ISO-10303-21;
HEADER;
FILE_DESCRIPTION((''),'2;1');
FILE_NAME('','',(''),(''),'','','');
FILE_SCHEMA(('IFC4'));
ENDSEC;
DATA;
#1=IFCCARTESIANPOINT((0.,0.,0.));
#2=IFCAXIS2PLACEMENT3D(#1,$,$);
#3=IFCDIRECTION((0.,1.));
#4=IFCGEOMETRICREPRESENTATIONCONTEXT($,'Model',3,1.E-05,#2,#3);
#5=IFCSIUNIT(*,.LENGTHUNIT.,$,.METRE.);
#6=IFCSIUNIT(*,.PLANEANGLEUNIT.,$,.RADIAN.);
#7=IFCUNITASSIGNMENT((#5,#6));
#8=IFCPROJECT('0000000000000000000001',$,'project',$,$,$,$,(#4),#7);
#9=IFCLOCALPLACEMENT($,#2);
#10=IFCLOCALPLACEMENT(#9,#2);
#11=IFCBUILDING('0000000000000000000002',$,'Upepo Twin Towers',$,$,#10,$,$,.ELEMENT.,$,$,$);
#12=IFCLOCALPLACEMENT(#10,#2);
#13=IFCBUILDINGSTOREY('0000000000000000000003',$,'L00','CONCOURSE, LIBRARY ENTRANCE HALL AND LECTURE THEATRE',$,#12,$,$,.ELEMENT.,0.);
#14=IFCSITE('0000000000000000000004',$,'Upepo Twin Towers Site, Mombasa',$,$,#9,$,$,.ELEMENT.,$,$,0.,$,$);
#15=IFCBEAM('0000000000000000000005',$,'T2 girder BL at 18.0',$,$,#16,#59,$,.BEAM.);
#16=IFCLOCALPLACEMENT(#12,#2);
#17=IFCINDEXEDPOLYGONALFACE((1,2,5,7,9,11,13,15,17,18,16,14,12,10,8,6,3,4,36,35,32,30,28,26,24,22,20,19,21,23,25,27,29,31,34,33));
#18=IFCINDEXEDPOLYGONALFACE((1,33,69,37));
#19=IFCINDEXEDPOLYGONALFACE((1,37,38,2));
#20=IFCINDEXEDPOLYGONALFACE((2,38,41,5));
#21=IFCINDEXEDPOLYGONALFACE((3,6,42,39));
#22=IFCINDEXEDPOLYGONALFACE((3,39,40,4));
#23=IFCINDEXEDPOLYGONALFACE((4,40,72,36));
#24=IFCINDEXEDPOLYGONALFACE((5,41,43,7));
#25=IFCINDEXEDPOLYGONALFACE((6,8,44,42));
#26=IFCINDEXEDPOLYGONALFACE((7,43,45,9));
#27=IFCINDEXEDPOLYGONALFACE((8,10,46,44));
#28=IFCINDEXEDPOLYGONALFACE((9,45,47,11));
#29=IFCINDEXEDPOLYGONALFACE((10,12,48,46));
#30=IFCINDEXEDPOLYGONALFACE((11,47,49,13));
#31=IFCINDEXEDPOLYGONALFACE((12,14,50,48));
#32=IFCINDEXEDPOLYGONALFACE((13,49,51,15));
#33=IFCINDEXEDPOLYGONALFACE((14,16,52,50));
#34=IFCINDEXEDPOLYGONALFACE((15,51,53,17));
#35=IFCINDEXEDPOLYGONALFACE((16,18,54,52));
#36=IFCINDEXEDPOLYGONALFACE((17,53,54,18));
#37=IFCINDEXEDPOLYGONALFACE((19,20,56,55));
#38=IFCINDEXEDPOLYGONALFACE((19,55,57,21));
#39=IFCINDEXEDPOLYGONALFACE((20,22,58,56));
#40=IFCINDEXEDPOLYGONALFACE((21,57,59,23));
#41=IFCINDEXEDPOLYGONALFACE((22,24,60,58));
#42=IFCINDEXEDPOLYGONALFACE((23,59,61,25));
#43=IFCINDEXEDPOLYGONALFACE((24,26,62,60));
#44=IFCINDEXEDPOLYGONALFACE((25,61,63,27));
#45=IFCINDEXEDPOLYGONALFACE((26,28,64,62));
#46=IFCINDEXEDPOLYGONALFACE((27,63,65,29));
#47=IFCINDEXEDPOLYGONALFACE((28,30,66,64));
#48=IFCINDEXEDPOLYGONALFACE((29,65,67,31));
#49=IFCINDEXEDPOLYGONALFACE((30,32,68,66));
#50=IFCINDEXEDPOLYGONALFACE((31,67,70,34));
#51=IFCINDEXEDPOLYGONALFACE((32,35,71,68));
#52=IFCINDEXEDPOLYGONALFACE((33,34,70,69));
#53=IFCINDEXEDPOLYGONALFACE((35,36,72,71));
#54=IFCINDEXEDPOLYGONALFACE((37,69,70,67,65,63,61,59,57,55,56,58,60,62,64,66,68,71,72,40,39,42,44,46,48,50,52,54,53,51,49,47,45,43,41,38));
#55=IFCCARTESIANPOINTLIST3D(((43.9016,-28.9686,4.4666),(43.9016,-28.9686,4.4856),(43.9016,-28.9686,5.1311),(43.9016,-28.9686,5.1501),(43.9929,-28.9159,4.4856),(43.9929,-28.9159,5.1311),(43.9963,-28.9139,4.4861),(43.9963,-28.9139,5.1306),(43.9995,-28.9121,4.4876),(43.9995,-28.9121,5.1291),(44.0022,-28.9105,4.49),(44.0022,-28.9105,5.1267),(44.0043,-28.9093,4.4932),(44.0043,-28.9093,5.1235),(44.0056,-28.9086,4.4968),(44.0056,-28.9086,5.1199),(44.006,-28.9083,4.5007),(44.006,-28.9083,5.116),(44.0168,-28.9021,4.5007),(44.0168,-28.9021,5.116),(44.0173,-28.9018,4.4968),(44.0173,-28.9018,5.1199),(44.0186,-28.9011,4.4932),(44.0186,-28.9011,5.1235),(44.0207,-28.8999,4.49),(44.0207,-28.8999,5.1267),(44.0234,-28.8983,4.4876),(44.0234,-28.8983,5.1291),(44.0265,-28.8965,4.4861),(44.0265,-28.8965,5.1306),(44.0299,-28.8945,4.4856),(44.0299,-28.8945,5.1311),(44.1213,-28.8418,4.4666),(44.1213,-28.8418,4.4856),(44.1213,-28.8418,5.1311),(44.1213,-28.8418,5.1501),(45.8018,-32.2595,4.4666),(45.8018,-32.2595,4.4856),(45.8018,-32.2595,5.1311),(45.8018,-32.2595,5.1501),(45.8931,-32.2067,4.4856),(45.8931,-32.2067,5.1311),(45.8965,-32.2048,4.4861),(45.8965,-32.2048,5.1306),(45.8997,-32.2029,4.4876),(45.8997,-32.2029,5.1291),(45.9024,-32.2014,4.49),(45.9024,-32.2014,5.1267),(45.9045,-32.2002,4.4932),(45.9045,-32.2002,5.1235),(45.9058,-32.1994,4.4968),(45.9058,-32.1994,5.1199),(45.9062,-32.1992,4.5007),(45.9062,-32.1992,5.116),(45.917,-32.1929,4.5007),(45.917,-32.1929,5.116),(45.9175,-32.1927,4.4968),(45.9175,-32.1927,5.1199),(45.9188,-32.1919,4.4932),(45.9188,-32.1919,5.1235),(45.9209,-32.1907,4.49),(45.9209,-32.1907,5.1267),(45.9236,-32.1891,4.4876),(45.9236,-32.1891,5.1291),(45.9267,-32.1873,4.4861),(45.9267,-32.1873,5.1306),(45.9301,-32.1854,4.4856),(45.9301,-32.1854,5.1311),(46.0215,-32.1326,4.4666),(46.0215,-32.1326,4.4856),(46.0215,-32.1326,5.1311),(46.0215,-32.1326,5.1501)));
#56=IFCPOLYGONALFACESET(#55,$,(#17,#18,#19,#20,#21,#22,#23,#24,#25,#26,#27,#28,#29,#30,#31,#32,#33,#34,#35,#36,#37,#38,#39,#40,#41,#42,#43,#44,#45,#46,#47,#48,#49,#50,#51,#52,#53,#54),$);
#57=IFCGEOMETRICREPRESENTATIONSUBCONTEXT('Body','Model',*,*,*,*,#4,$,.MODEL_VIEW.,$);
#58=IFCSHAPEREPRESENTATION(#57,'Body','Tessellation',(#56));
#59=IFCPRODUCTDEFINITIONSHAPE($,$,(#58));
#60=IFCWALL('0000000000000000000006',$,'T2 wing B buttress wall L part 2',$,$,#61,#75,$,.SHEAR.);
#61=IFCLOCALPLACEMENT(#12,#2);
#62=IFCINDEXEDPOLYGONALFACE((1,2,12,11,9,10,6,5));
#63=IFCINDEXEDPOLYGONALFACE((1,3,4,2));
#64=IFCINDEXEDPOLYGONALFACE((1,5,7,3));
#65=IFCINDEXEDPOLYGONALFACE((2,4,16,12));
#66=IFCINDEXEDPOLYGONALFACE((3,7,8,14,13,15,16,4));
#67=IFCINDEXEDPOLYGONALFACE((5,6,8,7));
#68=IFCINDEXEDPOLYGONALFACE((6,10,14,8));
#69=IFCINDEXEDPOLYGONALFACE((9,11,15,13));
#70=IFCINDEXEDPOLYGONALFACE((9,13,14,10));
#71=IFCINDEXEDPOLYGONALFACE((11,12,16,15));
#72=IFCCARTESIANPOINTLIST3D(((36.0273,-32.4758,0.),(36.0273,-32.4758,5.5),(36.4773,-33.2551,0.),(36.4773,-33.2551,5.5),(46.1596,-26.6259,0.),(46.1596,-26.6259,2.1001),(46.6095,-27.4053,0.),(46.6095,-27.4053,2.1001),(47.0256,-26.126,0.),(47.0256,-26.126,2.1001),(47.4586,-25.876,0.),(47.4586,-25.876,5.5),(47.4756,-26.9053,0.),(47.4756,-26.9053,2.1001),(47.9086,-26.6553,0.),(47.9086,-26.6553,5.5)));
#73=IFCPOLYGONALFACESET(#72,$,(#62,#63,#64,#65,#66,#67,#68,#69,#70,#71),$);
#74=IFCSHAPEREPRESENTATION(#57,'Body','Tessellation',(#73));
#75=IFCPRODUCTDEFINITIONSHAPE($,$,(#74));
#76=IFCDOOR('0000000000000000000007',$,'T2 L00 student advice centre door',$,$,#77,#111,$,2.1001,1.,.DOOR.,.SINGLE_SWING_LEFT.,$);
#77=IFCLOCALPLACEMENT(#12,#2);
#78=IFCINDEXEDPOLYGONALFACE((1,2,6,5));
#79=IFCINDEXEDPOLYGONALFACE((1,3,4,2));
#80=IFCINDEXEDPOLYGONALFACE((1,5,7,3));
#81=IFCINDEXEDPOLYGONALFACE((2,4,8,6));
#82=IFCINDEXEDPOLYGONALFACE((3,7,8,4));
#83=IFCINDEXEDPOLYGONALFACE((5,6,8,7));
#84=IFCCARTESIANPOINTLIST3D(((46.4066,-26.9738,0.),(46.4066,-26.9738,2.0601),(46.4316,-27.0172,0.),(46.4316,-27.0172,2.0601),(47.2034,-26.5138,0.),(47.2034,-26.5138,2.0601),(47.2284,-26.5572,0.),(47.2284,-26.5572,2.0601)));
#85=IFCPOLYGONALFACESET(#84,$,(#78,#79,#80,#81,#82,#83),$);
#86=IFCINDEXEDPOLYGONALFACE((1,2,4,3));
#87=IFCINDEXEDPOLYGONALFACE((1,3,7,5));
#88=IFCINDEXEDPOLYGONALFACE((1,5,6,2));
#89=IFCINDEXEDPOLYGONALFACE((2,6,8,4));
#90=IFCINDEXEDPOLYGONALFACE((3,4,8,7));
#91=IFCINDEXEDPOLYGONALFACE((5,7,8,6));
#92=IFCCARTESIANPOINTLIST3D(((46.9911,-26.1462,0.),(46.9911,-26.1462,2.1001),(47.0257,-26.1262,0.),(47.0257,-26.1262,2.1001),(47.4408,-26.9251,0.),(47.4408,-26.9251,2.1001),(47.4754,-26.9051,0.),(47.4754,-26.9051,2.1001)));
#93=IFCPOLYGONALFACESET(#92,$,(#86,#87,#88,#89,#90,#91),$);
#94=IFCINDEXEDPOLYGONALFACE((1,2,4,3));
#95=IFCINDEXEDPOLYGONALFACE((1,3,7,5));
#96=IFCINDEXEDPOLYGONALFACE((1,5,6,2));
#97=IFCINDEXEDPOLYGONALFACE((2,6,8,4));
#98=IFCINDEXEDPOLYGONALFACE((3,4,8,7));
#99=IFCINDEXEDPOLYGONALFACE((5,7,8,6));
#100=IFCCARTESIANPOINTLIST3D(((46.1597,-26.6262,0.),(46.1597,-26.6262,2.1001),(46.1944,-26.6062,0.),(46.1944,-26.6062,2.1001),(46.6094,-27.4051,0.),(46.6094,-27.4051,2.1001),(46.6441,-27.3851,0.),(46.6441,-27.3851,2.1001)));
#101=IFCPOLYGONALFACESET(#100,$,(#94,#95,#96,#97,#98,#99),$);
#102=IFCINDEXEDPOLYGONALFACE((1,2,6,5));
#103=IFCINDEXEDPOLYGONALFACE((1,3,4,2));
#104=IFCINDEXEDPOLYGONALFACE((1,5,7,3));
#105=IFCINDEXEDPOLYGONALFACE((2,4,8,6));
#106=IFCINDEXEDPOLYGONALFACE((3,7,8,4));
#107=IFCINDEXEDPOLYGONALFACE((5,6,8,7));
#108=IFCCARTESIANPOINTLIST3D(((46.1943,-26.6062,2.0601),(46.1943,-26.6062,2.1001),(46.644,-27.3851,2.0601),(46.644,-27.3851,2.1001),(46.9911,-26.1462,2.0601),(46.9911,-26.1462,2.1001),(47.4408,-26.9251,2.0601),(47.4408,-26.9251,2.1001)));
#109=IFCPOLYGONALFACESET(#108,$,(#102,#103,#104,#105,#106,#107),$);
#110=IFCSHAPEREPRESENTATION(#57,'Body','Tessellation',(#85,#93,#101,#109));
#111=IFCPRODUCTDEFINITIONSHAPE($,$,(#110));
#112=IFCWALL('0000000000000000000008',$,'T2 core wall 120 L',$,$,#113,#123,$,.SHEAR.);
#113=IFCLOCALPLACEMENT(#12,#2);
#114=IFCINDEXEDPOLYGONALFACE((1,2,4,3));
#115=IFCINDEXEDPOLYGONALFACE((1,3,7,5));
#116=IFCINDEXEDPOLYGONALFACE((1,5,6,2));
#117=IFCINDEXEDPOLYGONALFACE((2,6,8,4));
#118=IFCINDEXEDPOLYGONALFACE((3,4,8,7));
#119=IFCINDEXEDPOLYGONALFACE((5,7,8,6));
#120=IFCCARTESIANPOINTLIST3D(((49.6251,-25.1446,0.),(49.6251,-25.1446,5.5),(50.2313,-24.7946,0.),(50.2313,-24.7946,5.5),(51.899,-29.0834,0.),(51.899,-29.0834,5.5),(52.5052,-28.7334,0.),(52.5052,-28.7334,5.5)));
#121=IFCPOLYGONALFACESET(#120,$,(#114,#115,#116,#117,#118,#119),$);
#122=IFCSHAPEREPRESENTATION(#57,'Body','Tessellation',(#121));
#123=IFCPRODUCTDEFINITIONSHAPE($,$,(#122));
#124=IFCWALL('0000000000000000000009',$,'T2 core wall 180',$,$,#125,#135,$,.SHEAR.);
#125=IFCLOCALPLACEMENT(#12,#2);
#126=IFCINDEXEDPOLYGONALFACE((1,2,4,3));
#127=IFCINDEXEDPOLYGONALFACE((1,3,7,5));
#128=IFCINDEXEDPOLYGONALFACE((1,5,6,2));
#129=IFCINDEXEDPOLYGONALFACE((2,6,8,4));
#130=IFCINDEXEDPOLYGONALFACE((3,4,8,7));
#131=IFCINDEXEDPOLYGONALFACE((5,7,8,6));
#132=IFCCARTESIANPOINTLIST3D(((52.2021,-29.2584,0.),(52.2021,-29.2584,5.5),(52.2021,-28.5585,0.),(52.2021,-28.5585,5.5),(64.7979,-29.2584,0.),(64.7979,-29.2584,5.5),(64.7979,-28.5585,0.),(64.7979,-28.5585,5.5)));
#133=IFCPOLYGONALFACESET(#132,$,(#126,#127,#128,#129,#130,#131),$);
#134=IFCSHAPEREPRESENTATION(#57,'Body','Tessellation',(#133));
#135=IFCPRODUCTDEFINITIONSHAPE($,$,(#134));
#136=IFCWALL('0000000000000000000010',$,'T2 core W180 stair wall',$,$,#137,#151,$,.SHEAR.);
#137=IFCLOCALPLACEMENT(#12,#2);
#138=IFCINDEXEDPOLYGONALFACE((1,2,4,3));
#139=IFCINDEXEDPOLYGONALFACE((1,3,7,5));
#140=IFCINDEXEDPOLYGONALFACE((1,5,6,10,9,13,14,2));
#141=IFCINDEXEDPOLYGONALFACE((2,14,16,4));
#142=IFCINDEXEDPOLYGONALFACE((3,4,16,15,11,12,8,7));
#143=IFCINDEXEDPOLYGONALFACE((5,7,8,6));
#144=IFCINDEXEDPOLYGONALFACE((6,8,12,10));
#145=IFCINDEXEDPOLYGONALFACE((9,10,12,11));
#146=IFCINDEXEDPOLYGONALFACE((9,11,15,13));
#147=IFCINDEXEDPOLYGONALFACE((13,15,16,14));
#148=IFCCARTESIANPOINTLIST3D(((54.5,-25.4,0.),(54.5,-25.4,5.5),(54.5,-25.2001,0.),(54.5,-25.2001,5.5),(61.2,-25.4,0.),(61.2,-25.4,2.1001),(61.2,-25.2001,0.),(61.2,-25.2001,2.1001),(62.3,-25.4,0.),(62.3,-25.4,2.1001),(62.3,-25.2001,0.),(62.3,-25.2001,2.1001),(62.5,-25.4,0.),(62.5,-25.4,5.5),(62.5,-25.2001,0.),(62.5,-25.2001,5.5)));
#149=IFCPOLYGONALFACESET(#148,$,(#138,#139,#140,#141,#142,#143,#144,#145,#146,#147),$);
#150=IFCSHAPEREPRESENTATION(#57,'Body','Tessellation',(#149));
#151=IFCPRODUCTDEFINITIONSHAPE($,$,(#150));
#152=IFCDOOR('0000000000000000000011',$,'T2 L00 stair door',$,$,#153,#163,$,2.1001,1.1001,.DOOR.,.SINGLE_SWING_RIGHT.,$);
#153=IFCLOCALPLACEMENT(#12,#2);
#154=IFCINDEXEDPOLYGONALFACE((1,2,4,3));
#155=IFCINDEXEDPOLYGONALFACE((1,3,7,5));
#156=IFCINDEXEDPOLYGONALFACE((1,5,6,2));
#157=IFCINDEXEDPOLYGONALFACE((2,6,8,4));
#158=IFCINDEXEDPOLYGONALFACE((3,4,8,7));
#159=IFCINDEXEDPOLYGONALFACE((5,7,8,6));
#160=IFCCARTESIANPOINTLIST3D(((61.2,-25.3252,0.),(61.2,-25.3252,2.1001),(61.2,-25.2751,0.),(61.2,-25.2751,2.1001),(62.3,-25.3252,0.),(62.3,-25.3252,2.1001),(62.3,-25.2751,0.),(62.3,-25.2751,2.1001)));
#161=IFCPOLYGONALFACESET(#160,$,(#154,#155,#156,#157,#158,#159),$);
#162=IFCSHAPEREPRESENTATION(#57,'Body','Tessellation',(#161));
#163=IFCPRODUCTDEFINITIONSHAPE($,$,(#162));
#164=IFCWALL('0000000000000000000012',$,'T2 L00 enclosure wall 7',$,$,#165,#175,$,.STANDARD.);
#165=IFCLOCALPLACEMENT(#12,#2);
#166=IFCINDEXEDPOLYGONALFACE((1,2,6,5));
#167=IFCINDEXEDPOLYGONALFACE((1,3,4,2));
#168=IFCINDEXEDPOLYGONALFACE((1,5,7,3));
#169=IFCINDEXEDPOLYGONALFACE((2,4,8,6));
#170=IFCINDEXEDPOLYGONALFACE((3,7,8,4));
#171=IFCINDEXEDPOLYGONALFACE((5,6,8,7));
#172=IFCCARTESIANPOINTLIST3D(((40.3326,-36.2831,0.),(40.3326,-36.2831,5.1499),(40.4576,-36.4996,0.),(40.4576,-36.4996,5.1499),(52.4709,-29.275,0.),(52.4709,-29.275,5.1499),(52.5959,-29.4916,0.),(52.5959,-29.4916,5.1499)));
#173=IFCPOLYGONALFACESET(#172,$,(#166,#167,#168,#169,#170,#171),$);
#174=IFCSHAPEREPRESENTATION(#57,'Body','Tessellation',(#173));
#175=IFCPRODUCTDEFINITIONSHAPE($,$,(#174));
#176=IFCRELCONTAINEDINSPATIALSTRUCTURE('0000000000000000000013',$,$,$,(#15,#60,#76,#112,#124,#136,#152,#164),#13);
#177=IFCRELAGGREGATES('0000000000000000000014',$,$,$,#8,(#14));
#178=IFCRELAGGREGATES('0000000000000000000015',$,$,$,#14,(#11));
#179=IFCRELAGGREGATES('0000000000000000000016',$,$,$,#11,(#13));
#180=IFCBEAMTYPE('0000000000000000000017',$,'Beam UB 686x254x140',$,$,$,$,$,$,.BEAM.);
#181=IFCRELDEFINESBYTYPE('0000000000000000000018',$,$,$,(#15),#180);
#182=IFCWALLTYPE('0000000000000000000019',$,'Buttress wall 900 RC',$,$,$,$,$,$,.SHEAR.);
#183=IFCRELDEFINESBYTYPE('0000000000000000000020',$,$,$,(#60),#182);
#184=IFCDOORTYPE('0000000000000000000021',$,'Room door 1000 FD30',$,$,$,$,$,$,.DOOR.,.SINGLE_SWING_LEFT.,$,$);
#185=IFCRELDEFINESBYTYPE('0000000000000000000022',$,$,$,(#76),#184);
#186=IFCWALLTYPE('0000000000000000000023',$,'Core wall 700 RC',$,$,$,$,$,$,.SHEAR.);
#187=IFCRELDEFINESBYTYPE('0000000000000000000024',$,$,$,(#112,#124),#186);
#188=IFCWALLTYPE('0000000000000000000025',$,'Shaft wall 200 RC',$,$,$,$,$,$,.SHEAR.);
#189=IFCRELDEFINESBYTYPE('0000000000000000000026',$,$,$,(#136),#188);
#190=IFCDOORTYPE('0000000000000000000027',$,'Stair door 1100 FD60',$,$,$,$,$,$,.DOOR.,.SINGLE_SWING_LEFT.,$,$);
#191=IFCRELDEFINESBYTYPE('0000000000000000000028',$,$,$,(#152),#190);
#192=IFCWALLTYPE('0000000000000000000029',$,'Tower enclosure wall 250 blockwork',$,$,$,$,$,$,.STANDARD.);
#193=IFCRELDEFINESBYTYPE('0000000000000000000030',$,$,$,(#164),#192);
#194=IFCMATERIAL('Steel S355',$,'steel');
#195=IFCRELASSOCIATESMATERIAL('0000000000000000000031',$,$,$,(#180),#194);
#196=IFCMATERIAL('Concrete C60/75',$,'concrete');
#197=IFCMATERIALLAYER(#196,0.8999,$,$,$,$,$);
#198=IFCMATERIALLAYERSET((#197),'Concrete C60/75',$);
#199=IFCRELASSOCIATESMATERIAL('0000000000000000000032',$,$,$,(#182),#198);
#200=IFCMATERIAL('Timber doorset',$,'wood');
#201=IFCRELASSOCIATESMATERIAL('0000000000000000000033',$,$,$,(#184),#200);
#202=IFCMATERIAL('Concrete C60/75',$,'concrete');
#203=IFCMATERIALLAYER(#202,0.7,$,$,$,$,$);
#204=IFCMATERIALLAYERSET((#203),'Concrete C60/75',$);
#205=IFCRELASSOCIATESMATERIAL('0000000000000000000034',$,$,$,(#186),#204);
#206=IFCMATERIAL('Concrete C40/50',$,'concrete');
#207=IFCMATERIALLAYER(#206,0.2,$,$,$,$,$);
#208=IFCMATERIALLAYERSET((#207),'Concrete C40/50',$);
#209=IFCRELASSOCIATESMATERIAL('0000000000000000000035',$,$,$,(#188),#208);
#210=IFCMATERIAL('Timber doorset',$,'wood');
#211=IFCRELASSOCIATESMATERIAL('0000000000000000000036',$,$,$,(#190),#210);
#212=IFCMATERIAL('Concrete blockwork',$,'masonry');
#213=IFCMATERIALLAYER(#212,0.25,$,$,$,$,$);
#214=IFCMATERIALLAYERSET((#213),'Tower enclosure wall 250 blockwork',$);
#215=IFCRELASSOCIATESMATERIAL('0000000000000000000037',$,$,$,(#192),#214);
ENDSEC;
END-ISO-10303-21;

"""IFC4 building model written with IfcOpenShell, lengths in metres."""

from ifc_helpers import new_model, si_unit, direction, frame, frame_2d, origin, origin_2d, place, context, subcontext, project, spatial, rectangle, i_section, extrude, material, layer, layer_set, material_profile, profile_set, type_object, element, fill, save


model = new_model("IFC4")

# Units and contexts
model_context = context("Model", 3, precision=1e-05, world=origin(), true_north=direction((0.0, 1.0)))
body_context = subcontext(model_context, "Body", "Model", "MODEL_VIEW")
ifc_project = project(units=[si_unit("LENGTHUNIT", "METRE"), si_unit("PLANEANGLEUNIT", "RADIAN")], contexts=[model_context])

# Site, building, storey
site_placement = place(None, origin())
site = spatial("IfcSite", under=ifc_project, at=site_placement, Name="Upepo Twin Towers Site, Mombasa", CompositionType="ELEMENT", RefElevation=0.0)
building_placement = place(site_placement, origin())
building = spatial("IfcBuilding", under=site, at=building_placement, Name="Upepo Twin Towers", CompositionType="ELEMENT")
storey_placement = place(building_placement, origin())
storey = spatial("IfcBuildingStorey", under=building, at=storey_placement, Name="L00", Description="CONCOURSE, LIBRARY ENTRANCE HALL AND LECTURE THEATRE", CompositionType="ELEMENT", Elevation=0.0)

# Beam
ifc_material_1 = material(Name="Steel S355", Category="steel")
ifc_material_profile_1 = material_profile(ifc_material_1, i_section(OverallWidth=0.2537, OverallDepth=0.6836, WebThickness=0.0125, FlangeThickness=0.019, FilletRadius=0.0151, at=origin_2d()), Name="UB 686x254x140")
ifc_profile_set_1 = profile_set([ifc_material_profile_1], Name="Steel S355")
beam_type_1 = type_object("IfcBeamType", Name="Beam UB 686x254x140", PredefinedType="BEAM", material=ifc_profile_set_1)
beam_1_placement = place(storey_placement, frame((45.9116, -32.196, 4.8083), z_axis=(-0.500043, 0.866, 0.0), x_axis=(-0.866, -0.500043, 0.0)))
element("IfcBeam", 1, at=beam_1_placement, inside=storey, type_object=beam_type_1, Name="T2 girder BL at 18.0", PredefinedType="BEAM", context=body_context, shape_type="SweptSolid", body=[
    extrude(i_section(OverallWidth=0.2537, OverallDepth=0.6836, WebThickness=0.0125, FlangeThickness=0.019, FilletRadius=0.0151, at=origin_2d()), origin(), (0.0, 0.0, 1.0), 3.8),
])

# Wall, opening, door
ifc_material_2 = material(Name="Concrete C60/75", Category="concrete")
ifc_layer_1 = layer(ifc_material_2, 0.8999)
ifc_layer_set_1 = layer_set([ifc_layer_1], Name="Concrete C60/75")
wall_type_1 = type_object("IfcWallType", Name="Buttress wall 900 RC", PredefinedType="SHEAR", material=ifc_layer_set_1)
wall_1_placement = place(storey_placement, frame((47.6836, -26.2656, 0.0), z_axis=(0.0, 0.0, 1.0), x_axis=(-0.866028, -0.499996, 0.0)))
wall_1 = element("IfcWall", 2, at=wall_1_placement, inside=storey, type_object=wall_type_1, Name="T2 wing B buttress wall L part 2", PredefinedType="SHEAR", context=body_context, shape_type="SweptSolid", body=[
    extrude(rectangle(XDim=13.1997, YDim=0.8999, at=frame_2d((6.5999, 0.0))), origin(), (0.0, 0.0, 1.0), 5.5),
])
opening_1_placement = place(wall_1_placement, frame((0.5, 0.0, 0.0)))
opening_1 = element("IfcOpeningElement", 3, at=opening_1_placement, cuts=wall_1, PredefinedType="OPENING", context=body_context, shape_type="SweptSolid", body=[
    extrude(rectangle(XDim=1.0, YDim=2.1001, at=frame_2d((0.5, 1.05))), frame((0.0, 0.46, 0.0), z_axis=(0.0, -1.0, 0.0), x_axis=(1.0, 0.0, 0.0)), (0.0, 0.0, 1.0), 0.9199),
])
ifc_material_3 = material(Name="Timber doorset", Category="wood")
door_type_1 = type_object("IfcDoorType", Name="Room door 1000 FD30", OperationType="SINGLE_SWING_LEFT", PredefinedType="DOOR", material=ifc_material_3)
door_1_placement = place(opening_1_placement, origin())
door_1 = element("IfcDoor", 4, at=door_1_placement, inside=storey, type_object=door_type_1, Name="T2 L00 student advice centre door", OperationType="SINGLE_SWING_LEFT", OverallHeight=2.1001, OverallWidth=1.0, PredefinedType="DOOR", context=body_context, shape_type="SweptSolid", body=[
    extrude(rectangle(XDim=0.92, YDim=2.0601, at=frame_2d((0.5, 1.03))), frame((0.0, 0.0249, 0.0), z_axis=(0.0, -1.0, 0.0), x_axis=(1.0, 0.0, 0.0)), (0.0, 0.0, 1.0), 0.05),
    extrude(rectangle(XDim=0.04, YDim=2.1001, at=frame_2d((0.02, 1.05))), frame((0.0, 0.4497, 0.0), z_axis=(0.0, -1.0, 0.0), x_axis=(1.0, 0.0, 0.0)), (0.0, 0.0, 1.0), 0.8994),
    extrude(rectangle(XDim=0.04, YDim=2.1001, at=frame_2d((0.98, 1.05))), frame((0.0, 0.4497, 0.0), z_axis=(0.0, -1.0, 0.0), x_axis=(1.0, 0.0, 0.0)), (0.0, 0.0, 1.0), 0.8994),
    extrude(rectangle(XDim=0.92, YDim=0.04, at=frame_2d((0.5, 2.0801))), frame((0.0, 0.4497, 0.0), z_axis=(0.0, -1.0, 0.0), x_axis=(1.0, 0.0, 0.0)), (0.0, 0.0, 1.0), 0.8994),
])
fill(opening_1, door_1)

# Walls
ifc_material_4 = material(Name="Concrete C60/75", Category="concrete")
ifc_layer_2 = layer(ifc_material_4, 0.7)
ifc_layer_set_2 = layer_set([ifc_layer_2], Name="Concrete C60/75")
wall_type_2 = type_object("IfcWallType", Name="Core wall 700 RC", PredefinedType="SHEAR", material=ifc_layer_set_2)
wall_2_placement = place(storey_placement, frame((49.9282, -24.9697, 0.0), z_axis=(0.0, 0.0, 1.0), x_axis=(0.499984, -0.866035, 0.0)))
element("IfcWall", 5, at=wall_2_placement, inside=storey, type_object=wall_type_2, Name="T2 core wall 120 L", PredefinedType="SHEAR", context=body_context, shape_type="SweptSolid", body=[
    extrude(rectangle(XDim=4.5481, YDim=0.7, at=frame_2d((2.2739, 0.0))), origin(), (0.0, 0.0, 1.0), 5.5),
])
wall_3_placement = place(storey_placement, frame((52.2021, -28.9084, 0.0), z_axis=(0.0, 0.0, 1.0), x_axis=(1.0, 0.0, 0.0)))
element("IfcWall", 6, at=wall_3_placement, inside=storey, type_object=wall_type_2, Name="T2 core wall 180", PredefinedType="SHEAR", context=body_context, shape_type="SweptSolid", body=[
    extrude(rectangle(XDim=12.5957, YDim=0.7, at=frame_2d((6.2979, 0.0))), origin(), (0.0, 0.0, 1.0), 5.5),
])

# Wall, opening, door
ifc_material_5 = material(Name="Concrete C40/50", Category="concrete")
ifc_layer_3 = layer(ifc_material_5, 0.2)
ifc_layer_set_3 = layer_set([ifc_layer_3], Name="Concrete C40/50")
wall_type_3 = type_object("IfcWallType", Name="Shaft wall 200 RC", PredefinedType="SHEAR", material=ifc_layer_set_3)
wall_4_placement = place(storey_placement, frame((54.5, -25.3, 0.0), z_axis=(0.0, 0.0, 1.0), x_axis=(1.0, 0.0, 0.0)))
wall_4 = element("IfcWall", 7, at=wall_4_placement, inside=storey, type_object=wall_type_3, Name="T2 core W180 stair wall", PredefinedType="SHEAR", context=body_context, shape_type="SweptSolid", body=[
    extrude(rectangle(XDim=8.0, YDim=0.2, at=frame_2d((4.0, 0.0))), origin(), (0.0, 0.0, 1.0), 5.5),
])
opening_2_placement = place(wall_4_placement, frame((6.7, 0.0, 0.0)))
opening_2 = element("IfcOpeningElement", 8, at=opening_2_placement, cuts=wall_4, PredefinedType="OPENING", context=body_context, shape_type="SweptSolid", body=[
    extrude(rectangle(XDim=1.1001, YDim=2.1001, at=frame_2d((0.55, 1.05))), frame((0.0, 0.1099, 0.0), z_axis=(0.0, -1.0, 0.0), x_axis=(1.0, 0.0, 0.0)), (0.0, 0.0, 1.0), 0.22),
])
ifc_material_6 = material(Name="Timber doorset", Category="wood")
door_type_2 = type_object("IfcDoorType", Name="Stair door 1100 FD60", OperationType="SINGLE_SWING_LEFT", PredefinedType="DOOR", material=ifc_material_6)
door_2_placement = place(opening_2_placement, origin())
door_2 = element("IfcDoor", 9, at=door_2_placement, inside=storey, type_object=door_type_2, Name="T2 L00 stair door", OperationType="SINGLE_SWING_RIGHT", OverallHeight=2.1001, OverallWidth=1.1001, PredefinedType="DOOR", context=body_context, shape_type="SweptSolid", body=[
    extrude(rectangle(XDim=1.1001, YDim=2.1001, at=frame_2d((0.55, 1.05))), frame((0.0, 0.0249, 0.0), z_axis=(0.0, -1.0, 0.0), x_axis=(1.0, 0.0, 0.0)), (0.0, 0.0, 1.0), 0.05),
])
fill(opening_2, door_2)

# Wall
ifc_material_7 = material(Name="Concrete blockwork", Category="masonry")
ifc_layer_4 = layer(ifc_material_7, 0.25)
ifc_layer_set_4 = layer_set([ifc_layer_4], Name="Tower enclosure wall 250 blockwork")
wall_type_4 = type_object("IfcWallType", Name="Tower enclosure wall 250 blockwork", PredefinedType="STANDARD", material=ifc_layer_set_4)
wall_5_placement = place(storey_placement, frame((52.5334, -29.3833, 0.0), z_axis=(0.0, 0.0, 1.0), x_axis=(-0.866028, -0.499996, 0.0)))
element("IfcWall", 10, at=wall_5_placement, inside=storey, type_object=wall_type_4, Name="T2 L00 enclosure wall 7", PredefinedType="STANDARD", context=body_context, shape_type="SweptSolid", body=[
    extrude(rectangle(XDim=14.0161, YDim=0.25, at=frame_2d((7.0081, 0.0))), origin(), (0.0, 0.0, 1.0), 5.1499),
])

save(model, "model.ifc")
